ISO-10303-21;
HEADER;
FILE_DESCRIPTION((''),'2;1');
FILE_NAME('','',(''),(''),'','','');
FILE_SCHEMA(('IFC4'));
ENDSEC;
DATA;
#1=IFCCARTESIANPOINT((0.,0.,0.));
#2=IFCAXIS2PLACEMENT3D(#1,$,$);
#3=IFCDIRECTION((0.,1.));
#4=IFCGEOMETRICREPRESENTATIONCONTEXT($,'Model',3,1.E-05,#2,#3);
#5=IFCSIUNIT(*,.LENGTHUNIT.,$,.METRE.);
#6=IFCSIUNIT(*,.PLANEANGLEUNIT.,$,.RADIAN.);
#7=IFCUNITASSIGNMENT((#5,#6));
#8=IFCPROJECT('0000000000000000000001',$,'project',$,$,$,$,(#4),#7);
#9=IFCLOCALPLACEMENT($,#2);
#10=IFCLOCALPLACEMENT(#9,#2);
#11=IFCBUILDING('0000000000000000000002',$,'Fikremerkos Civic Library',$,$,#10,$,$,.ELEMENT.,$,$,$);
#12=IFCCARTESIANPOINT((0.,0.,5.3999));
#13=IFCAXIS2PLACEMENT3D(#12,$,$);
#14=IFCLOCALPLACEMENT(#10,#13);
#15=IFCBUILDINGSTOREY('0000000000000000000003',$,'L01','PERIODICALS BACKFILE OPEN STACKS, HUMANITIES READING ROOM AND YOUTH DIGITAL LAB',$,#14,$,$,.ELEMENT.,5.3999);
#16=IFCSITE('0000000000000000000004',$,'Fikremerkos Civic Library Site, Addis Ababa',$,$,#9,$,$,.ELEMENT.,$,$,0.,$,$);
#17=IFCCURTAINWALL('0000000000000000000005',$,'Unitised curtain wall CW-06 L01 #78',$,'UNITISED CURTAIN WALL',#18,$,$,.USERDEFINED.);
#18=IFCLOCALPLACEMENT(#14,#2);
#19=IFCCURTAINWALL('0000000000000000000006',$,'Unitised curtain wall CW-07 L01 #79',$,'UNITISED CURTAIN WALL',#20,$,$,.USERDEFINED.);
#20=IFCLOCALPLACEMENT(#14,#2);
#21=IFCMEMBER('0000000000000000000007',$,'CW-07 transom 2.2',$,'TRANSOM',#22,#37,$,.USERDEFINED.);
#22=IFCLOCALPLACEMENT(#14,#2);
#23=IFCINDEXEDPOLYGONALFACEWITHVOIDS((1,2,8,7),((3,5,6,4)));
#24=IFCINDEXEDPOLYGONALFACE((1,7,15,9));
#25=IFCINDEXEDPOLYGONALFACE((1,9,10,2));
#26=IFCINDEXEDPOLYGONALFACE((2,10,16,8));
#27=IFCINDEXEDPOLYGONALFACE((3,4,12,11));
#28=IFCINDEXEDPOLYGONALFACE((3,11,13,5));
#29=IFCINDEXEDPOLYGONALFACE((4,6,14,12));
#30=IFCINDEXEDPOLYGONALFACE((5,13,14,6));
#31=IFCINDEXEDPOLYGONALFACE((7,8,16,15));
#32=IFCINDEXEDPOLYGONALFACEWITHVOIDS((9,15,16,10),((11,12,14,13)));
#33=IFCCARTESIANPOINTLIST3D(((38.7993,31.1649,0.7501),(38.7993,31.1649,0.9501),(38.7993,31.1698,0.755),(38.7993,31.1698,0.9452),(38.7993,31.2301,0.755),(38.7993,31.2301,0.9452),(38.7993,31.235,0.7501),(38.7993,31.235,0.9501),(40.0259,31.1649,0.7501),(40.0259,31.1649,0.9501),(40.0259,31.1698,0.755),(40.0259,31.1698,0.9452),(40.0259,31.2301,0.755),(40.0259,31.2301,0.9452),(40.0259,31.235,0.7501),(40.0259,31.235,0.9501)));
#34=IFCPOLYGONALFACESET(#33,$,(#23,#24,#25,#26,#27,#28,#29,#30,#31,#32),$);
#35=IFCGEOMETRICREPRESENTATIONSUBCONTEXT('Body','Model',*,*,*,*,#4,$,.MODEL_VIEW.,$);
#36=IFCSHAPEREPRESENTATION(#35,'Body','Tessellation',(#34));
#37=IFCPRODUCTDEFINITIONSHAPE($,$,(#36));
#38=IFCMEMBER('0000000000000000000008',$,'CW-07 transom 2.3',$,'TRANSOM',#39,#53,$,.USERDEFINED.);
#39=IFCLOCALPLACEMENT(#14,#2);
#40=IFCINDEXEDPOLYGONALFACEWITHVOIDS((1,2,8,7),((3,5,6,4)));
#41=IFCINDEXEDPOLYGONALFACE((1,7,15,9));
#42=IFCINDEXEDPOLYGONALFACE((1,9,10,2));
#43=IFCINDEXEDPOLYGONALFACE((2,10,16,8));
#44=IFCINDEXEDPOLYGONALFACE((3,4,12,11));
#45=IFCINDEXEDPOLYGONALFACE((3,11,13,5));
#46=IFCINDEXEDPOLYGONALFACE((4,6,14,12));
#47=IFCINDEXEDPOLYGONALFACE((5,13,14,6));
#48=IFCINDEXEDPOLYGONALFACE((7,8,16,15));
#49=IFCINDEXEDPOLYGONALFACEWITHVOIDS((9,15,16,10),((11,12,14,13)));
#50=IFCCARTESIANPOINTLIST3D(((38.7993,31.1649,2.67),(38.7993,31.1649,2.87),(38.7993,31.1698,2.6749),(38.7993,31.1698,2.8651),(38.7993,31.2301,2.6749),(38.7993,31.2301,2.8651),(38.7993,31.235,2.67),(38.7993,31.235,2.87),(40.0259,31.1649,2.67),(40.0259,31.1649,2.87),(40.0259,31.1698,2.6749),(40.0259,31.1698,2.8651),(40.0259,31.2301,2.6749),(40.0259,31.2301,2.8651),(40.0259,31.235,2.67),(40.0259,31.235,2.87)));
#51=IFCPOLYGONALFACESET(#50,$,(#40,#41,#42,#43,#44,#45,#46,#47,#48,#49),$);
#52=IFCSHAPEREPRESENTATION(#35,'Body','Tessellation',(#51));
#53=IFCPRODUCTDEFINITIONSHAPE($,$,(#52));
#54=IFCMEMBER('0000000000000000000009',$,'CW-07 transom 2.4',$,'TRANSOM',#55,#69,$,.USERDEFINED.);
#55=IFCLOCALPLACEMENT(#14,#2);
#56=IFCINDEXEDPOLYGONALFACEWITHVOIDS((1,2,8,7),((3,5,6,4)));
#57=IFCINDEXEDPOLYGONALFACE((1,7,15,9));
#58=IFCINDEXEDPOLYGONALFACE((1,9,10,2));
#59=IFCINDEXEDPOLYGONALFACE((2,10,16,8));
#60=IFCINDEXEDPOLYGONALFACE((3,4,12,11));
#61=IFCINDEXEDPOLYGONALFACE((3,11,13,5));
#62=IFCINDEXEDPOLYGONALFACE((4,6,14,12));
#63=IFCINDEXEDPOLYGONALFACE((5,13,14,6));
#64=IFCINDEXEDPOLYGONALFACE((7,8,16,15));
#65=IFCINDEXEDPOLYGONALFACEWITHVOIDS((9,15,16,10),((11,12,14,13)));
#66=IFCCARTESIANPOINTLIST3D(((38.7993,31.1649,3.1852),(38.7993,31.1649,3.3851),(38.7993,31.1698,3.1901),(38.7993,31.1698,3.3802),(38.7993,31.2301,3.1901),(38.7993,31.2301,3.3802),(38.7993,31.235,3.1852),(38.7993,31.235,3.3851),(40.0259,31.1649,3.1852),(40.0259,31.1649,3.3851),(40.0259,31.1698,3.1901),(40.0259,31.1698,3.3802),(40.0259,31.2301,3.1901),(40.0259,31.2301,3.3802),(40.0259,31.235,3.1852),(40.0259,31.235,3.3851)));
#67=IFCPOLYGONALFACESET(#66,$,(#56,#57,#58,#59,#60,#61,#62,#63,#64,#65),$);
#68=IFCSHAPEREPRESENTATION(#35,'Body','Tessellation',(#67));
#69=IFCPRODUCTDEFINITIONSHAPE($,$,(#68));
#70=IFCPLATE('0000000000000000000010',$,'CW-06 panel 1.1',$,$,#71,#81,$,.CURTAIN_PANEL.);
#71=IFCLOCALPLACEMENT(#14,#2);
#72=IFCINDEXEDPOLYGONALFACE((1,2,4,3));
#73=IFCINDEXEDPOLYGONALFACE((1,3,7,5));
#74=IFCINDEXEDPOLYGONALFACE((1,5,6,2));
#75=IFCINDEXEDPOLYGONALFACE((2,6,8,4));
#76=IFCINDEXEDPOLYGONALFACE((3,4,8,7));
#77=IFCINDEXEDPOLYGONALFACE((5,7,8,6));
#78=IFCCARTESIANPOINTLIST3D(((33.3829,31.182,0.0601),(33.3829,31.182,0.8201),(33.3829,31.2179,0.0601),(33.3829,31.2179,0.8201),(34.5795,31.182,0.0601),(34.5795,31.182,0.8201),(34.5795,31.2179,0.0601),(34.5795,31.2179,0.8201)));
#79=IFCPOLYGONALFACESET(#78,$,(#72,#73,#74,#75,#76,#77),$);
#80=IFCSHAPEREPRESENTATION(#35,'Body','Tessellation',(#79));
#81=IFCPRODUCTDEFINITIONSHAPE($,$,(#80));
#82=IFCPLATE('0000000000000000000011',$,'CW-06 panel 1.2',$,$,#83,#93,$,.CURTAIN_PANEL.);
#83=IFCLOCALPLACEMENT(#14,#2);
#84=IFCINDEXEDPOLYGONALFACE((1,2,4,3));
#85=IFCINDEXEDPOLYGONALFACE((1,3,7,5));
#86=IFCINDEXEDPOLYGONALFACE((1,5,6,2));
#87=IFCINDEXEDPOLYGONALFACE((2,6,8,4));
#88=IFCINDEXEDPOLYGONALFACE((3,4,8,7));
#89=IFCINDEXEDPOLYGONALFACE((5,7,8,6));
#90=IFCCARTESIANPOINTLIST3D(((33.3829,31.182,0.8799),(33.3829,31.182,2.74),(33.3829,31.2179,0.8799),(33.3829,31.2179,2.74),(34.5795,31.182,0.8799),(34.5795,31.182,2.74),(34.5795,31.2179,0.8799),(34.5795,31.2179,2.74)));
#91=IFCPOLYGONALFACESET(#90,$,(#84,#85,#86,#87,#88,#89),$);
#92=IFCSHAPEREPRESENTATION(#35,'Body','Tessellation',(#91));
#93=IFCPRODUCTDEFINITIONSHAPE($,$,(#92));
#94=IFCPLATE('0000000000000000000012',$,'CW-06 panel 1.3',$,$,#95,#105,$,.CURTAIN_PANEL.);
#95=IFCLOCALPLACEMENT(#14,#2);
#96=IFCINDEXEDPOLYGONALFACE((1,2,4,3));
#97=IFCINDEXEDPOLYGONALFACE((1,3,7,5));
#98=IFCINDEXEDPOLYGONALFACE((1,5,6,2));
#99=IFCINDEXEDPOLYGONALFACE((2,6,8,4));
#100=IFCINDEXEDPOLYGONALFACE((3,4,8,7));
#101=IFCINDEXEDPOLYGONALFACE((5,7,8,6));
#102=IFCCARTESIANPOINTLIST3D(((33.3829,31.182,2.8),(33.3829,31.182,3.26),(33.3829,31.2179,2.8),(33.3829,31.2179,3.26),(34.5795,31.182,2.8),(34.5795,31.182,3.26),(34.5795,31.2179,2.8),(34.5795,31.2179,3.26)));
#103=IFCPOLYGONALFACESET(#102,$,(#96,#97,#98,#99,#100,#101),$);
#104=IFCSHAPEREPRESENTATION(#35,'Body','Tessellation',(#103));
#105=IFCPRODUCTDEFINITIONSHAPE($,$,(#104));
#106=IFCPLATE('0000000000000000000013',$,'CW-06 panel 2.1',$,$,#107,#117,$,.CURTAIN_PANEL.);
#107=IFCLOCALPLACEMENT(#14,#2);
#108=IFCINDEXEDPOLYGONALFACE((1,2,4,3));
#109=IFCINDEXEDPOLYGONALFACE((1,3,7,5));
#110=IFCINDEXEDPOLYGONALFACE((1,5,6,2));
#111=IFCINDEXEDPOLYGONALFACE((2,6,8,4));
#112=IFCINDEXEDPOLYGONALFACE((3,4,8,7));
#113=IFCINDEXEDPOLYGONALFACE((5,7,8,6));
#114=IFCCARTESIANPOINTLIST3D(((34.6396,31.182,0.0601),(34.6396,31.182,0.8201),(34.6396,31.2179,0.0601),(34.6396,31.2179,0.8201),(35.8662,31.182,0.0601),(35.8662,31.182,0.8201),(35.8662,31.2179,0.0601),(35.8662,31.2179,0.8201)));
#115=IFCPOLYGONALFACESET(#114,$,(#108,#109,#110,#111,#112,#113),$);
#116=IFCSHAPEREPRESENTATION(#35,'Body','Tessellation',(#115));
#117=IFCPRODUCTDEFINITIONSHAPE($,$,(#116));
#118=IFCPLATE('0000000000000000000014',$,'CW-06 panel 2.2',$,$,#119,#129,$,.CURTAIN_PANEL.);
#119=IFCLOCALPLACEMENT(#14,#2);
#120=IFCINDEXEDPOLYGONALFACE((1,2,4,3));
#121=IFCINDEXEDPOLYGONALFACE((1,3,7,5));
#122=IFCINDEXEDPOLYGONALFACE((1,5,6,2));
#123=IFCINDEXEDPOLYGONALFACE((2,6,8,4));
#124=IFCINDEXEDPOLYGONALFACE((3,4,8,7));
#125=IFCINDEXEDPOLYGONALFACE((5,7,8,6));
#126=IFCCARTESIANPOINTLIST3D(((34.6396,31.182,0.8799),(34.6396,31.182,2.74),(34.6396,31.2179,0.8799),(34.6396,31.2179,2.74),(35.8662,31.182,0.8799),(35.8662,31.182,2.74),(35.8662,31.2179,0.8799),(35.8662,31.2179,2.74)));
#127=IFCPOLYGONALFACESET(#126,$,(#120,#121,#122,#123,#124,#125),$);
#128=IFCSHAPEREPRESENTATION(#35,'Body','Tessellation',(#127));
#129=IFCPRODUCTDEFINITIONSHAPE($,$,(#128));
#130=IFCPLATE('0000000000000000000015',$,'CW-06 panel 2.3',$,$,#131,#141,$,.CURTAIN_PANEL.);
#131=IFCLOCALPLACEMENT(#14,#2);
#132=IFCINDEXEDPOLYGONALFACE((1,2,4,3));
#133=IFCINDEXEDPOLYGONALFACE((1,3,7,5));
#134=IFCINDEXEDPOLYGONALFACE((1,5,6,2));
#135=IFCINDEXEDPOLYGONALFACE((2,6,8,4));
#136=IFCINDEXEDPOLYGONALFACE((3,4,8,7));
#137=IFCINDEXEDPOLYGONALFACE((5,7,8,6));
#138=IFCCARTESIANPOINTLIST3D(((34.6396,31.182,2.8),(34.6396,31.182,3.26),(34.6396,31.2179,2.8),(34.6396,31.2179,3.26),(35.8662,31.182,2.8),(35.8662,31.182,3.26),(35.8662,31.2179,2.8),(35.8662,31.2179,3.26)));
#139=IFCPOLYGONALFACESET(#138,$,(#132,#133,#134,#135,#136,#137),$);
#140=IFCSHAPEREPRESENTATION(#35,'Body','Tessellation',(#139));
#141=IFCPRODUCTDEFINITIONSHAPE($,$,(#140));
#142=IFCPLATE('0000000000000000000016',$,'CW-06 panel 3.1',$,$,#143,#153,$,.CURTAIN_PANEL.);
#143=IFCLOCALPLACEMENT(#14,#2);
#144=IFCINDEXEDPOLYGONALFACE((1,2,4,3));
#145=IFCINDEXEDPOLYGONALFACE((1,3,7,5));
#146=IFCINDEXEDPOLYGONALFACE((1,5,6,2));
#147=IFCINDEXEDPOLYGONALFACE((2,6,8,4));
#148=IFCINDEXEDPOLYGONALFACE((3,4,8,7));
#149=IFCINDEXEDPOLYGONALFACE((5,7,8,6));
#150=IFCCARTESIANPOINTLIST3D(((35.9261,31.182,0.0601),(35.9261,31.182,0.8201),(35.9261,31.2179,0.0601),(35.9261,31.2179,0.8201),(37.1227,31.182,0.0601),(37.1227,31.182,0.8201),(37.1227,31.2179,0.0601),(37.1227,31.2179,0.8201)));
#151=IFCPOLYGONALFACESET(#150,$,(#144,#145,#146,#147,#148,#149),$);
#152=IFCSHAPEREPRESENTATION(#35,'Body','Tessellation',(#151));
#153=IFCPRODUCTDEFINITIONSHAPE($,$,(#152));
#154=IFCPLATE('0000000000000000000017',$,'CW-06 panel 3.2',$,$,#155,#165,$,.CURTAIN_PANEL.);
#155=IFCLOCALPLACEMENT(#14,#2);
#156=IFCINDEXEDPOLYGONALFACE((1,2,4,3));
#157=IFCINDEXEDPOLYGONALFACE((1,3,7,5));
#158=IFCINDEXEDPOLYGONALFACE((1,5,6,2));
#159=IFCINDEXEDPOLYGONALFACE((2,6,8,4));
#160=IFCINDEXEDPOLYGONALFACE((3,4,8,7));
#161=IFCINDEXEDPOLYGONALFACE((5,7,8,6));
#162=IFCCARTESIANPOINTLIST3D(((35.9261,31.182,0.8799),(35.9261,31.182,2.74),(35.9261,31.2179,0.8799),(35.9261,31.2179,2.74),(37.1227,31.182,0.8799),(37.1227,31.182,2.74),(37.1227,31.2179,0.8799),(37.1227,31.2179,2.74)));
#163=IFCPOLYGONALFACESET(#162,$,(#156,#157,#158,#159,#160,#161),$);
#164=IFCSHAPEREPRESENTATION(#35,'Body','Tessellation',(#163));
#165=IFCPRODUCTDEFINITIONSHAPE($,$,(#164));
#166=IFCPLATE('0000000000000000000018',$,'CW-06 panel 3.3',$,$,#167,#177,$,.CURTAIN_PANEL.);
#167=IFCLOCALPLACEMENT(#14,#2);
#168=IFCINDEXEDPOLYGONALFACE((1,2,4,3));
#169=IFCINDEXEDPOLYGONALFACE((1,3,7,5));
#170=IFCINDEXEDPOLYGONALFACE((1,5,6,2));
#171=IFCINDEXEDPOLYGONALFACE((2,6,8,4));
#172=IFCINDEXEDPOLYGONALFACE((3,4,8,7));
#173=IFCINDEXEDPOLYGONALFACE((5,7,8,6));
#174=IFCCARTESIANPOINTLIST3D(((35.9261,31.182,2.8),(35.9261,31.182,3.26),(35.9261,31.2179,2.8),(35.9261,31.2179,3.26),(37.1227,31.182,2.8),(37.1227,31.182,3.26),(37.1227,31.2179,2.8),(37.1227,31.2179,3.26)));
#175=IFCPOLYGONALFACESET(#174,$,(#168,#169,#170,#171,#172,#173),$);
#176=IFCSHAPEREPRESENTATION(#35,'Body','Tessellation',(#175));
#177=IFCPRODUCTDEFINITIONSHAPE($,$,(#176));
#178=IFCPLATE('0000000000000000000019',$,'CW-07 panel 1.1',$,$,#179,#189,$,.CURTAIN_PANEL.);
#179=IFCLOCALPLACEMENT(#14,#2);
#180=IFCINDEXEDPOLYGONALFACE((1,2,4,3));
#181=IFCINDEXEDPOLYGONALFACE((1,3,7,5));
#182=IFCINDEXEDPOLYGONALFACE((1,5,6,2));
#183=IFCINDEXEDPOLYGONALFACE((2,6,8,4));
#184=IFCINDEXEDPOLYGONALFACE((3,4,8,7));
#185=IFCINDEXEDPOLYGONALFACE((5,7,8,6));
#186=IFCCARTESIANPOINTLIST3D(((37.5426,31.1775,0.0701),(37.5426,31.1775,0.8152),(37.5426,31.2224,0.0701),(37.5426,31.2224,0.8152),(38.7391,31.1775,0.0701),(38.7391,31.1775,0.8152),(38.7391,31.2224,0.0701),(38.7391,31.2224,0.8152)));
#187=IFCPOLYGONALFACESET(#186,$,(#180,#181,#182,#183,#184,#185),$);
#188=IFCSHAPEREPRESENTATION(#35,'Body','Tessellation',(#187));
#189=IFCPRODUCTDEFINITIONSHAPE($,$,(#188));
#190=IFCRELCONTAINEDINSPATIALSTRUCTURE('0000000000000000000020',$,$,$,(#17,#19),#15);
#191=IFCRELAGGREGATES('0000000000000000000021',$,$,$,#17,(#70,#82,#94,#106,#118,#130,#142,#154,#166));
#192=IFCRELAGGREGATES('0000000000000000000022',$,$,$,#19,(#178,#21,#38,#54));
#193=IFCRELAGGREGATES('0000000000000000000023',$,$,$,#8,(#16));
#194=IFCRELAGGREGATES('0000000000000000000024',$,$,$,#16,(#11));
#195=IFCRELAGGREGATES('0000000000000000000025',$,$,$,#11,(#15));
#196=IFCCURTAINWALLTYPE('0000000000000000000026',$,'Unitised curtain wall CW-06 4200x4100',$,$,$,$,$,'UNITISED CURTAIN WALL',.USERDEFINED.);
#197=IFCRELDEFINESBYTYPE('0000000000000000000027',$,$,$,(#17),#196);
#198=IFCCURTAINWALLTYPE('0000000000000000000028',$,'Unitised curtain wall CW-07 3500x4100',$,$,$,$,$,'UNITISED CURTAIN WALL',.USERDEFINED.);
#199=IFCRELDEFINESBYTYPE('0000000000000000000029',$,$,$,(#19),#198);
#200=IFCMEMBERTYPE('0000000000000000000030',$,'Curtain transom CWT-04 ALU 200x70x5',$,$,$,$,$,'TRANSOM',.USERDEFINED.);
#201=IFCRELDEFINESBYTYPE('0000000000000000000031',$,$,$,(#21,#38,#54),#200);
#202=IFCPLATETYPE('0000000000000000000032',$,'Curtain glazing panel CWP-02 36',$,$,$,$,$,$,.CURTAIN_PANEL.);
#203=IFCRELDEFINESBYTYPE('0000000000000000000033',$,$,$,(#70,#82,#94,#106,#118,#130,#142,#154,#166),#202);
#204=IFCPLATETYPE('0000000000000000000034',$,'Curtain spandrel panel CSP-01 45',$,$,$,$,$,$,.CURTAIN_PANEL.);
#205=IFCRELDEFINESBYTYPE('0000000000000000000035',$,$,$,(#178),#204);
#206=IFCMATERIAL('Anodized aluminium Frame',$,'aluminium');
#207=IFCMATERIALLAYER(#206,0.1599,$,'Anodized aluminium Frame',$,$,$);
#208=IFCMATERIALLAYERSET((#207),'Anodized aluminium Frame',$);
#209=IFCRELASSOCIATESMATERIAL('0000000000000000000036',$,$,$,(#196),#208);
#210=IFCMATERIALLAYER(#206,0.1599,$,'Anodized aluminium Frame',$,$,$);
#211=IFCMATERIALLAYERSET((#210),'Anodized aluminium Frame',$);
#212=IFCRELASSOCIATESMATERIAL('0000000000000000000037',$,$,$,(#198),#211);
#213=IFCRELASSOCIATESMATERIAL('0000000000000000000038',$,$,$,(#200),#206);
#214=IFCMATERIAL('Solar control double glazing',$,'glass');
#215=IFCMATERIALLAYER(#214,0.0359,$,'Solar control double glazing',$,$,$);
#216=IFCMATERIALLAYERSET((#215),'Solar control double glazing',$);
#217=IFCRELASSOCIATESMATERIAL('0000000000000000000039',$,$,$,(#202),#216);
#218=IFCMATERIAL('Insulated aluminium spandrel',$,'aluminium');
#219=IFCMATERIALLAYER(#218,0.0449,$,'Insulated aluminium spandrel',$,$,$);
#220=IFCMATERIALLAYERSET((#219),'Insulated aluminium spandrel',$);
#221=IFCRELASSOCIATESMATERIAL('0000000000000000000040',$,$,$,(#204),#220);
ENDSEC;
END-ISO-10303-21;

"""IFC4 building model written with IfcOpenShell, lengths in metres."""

from ifc_helpers import new_model, si_unit, direction, frame, origin, origin_2d, place, context, subcontext, project, spatial, rectangle, hollow_rectangle, extrude, material, layer, layer_set, material_profile, profile_set, type_object, element, aggregate, save


model = new_model("IFC4")

# Units and contexts
model_context = context("Model", 3, precision=1e-05, world=origin(), true_north=direction((0.0, 1.0)))
body_context = subcontext(model_context, "Body", "Model", "MODEL_VIEW")
ifc_project = project(units=[si_unit("LENGTHUNIT", "METRE"), si_unit("PLANEANGLEUNIT", "RADIAN")], contexts=[model_context])

# Site, building, storey
site_placement = place(None, origin())
site = spatial("IfcSite", under=ifc_project, at=site_placement, Name="Fikremerkos Civic Library Site, Addis Ababa", CompositionType="ELEMENT", RefElevation=0.0)
building_placement = place(site_placement, origin())
building = spatial("IfcBuilding", under=site, at=building_placement, Name="Fikremerkos Civic Library", CompositionType="ELEMENT")
storey_placement = place(building_placement, frame((0.0, 0.0, 5.3999)))
storey = spatial("IfcBuildingStorey", under=building, at=storey_placement, Name="L01", Description="PERIODICALS BACKFILE OPEN STACKS, HUMANITIES READING ROOM AND YOUTH DIGITAL LAB", CompositionType="ELEMENT", Elevation=5.3999)

# Curtain walls
ifc_material_1 = material(Name="Anodized aluminium Frame", Category="aluminium")
ifc_layer_1 = layer(ifc_material_1, 0.1599, Name="Anodized aluminium Frame")
ifc_layer_set_1 = layer_set([ifc_layer_1], Name="Anodized aluminium Frame")
curtain_wall_type_1 = type_object("IfcCurtainWallType", Name="Unitised curtain wall CW-06 4200x4100", ElementType="UNITISED CURTAIN WALL", PredefinedType="USERDEFINED", material=ifc_layer_set_1)
curtain_wall_1_placement = place(storey_placement, origin())
curtain_wall_1 = element("IfcCurtainWall", 1, at=curtain_wall_1_placement, inside=storey, type_object=curtain_wall_type_1, Name="Unitised curtain wall CW-06 L01 #78", ObjectType="UNITISED CURTAIN WALL", PredefinedType="USERDEFINED")
ifc_layer_2 = layer(ifc_material_1, 0.1599, Name="Anodized aluminium Frame")
ifc_layer_set_2 = layer_set([ifc_layer_2], Name="Anodized aluminium Frame")
curtain_wall_type_2 = type_object("IfcCurtainWallType", Name="Unitised curtain wall CW-07 3500x4100", ElementType="UNITISED CURTAIN WALL", PredefinedType="USERDEFINED", material=ifc_layer_set_2)
curtain_wall_2_placement = place(storey_placement, origin())
curtain_wall_2 = element("IfcCurtainWall", 2, at=curtain_wall_2_placement, inside=storey, type_object=curtain_wall_type_2, Name="Unitised curtain wall CW-07 L01 #79", ObjectType="UNITISED CURTAIN WALL", PredefinedType="USERDEFINED")

# Members
ifc_material_profile_1 = material_profile(ifc_material_1, hollow_rectangle(XDim=0.0701, YDim=0.2, WallThickness=0.0049, at=origin_2d()), Name="ALU 200x70x5")
ifc_profile_set_1 = profile_set([ifc_material_profile_1], Name="Anodized aluminium Frame")
member_type_1 = type_object("IfcMemberType", Name="Curtain transom CWT-04 ALU 200x70x5", ElementType="TRANSOM", PredefinedType="USERDEFINED", material=ifc_profile_set_1)
member_1_placement = place(storey_placement, frame((38.7993, 31.2, 0.8501), z_axis=(1.0, 0.0, 0.0), x_axis=(0.0, 1.0, 0.0)))
member_1 = element("IfcMember", 3, at=member_1_placement, type_object=member_type_1, Name="CW-07 transom 2.2", ObjectType="TRANSOM", PredefinedType="USERDEFINED", context=body_context, shape_type="SweptSolid", body=[
    extrude(hollow_rectangle(XDim=0.0701, YDim=0.2, WallThickness=0.0049, at=origin_2d()), origin(), (0.0, 0.0, 1.0), 1.2266),
])
member_2_placement = place(storey_placement, frame((38.7993, 31.2, 2.77), z_axis=(1.0, 0.0, 0.0), x_axis=(0.0, 1.0, 0.0)))
member_2 = element("IfcMember", 4, at=member_2_placement, type_object=member_type_1, Name="CW-07 transom 2.3", ObjectType="TRANSOM", PredefinedType="USERDEFINED", context=body_context, shape_type="SweptSolid", body=[
    extrude(hollow_rectangle(XDim=0.0701, YDim=0.2, WallThickness=0.0049, at=origin_2d()), origin(), (0.0, 0.0, 1.0), 1.2266),
])
member_3_placement = place(storey_placement, frame((38.7993, 31.2, 3.2852), z_axis=(1.0, 0.0, 0.0), x_axis=(0.0, 1.0, 0.0)))
member_3 = element("IfcMember", 5, at=member_3_placement, type_object=member_type_1, Name="CW-07 transom 2.4", ObjectType="TRANSOM", PredefinedType="USERDEFINED", context=body_context, shape_type="SweptSolid", body=[
    extrude(hollow_rectangle(XDim=0.0701, YDim=0.2, WallThickness=0.0049, at=origin_2d()), origin(), (0.0, 0.0, 1.0), 1.2266),
])

# Plates
ifc_material_2 = material(Name="Solar control double glazing", Category="glass")
ifc_layer_3 = layer(ifc_material_2, 0.0359, Name="Solar control double glazing")
ifc_layer_set_3 = layer_set([ifc_layer_3], Name="Solar control double glazing")
plate_type_1 = type_object("IfcPlateType", Name="Curtain glazing panel CWP-02 36", PredefinedType="CURTAIN_PANEL", material=ifc_layer_set_3)
plate_1_placement = place(storey_placement, frame((33.9812, 31.2, 0.0601), z_axis=(0.0, 0.0, 1.0), x_axis=(1.0, 0.0, 0.0)))
plate_1 = element("IfcPlate", 6, at=plate_1_placement, type_object=plate_type_1, Name="CW-06 panel 1.1", PredefinedType="CURTAIN_PANEL", context=body_context, shape_type="SweptSolid", body=[
    extrude(rectangle(XDim=1.1965, YDim=0.0359, at=origin_2d()), origin(), (0.0, 0.0, 1.0), 0.76),
])
plate_2_placement = place(storey_placement, frame((33.9812, 31.2, 0.8799), z_axis=(0.0, 0.0, 1.0), x_axis=(1.0, 0.0, 0.0)))
plate_2 = element("IfcPlate", 7, at=plate_2_placement, type_object=plate_type_1, Name="CW-06 panel 1.2", PredefinedType="CURTAIN_PANEL", context=body_context, shape_type="SweptSolid", body=[
    extrude(rectangle(XDim=1.1965, YDim=0.0359, at=origin_2d()), origin(), (0.0, 0.0, 1.0), 1.8601),
])
plate_3_placement = place(storey_placement, frame((33.9812, 31.2, 2.8), z_axis=(0.0, 0.0, 1.0), x_axis=(1.0, 0.0, 0.0)))
plate_3 = element("IfcPlate", 8, at=plate_3_placement, type_object=plate_type_1, Name="CW-06 panel 1.3", PredefinedType="CURTAIN_PANEL", context=body_context, shape_type="SweptSolid", body=[
    extrude(rectangle(XDim=1.1965, YDim=0.0359, at=origin_2d()), origin(), (0.0, 0.0, 1.0), 0.46),
])
plate_4_placement = place(storey_placement, frame((35.2529, 31.2, 0.0601), z_axis=(0.0, 0.0, 1.0), x_axis=(1.0, 0.0, 0.0)))
plate_4 = element("IfcPlate", 9, at=plate_4_placement, type_object=plate_type_1, Name="CW-06 panel 2.1", PredefinedType="CURTAIN_PANEL", context=body_context, shape_type="SweptSolid", body=[
    extrude(rectangle(XDim=1.2266, YDim=0.0359, at=origin_2d()), origin(), (0.0, 0.0, 1.0), 0.76),
])
plate_5_placement = place(storey_placement, frame((35.2529, 31.2, 0.8799), z_axis=(0.0, 0.0, 1.0), x_axis=(1.0, 0.0, 0.0)))
plate_5 = element("IfcPlate", 10, at=plate_5_placement, type_object=plate_type_1, Name="CW-06 panel 2.2", PredefinedType="CURTAIN_PANEL", context=body_context, shape_type="SweptSolid", body=[
    extrude(rectangle(XDim=1.2266, YDim=0.0359, at=origin_2d()), origin(), (0.0, 0.0, 1.0), 1.8601),
])
plate_6_placement = place(storey_placement, frame((35.2529, 31.2, 2.8), z_axis=(0.0, 0.0, 1.0), x_axis=(1.0, 0.0, 0.0)))
plate_6 = element("IfcPlate", 11, at=plate_6_placement, type_object=plate_type_1, Name="CW-06 panel 2.3", PredefinedType="CURTAIN_PANEL", context=body_context, shape_type="SweptSolid", body=[
    extrude(rectangle(XDim=1.2266, YDim=0.0359, at=origin_2d()), origin(), (0.0, 0.0, 1.0), 0.46),
])
plate_7_placement = place(storey_placement, frame((36.5244, 31.2, 0.0601), z_axis=(0.0, 0.0, 1.0), x_axis=(1.0, 0.0, 0.0)))
plate_7 = element("IfcPlate", 12, at=plate_7_placement, type_object=plate_type_1, Name="CW-06 panel 3.1", PredefinedType="CURTAIN_PANEL", context=body_context, shape_type="SweptSolid", body=[
    extrude(rectangle(XDim=1.1965, YDim=0.0359, at=origin_2d()), origin(), (0.0, 0.0, 1.0), 0.76),
])
plate_8_placement = place(storey_placement, frame((36.5244, 31.2, 0.8799), z_axis=(0.0, 0.0, 1.0), x_axis=(1.0, 0.0, 0.0)))
plate_8 = element("IfcPlate", 13, at=plate_8_placement, type_object=plate_type_1, Name="CW-06 panel 3.2", PredefinedType="CURTAIN_PANEL", context=body_context, shape_type="SweptSolid", body=[
    extrude(rectangle(XDim=1.1965, YDim=0.0359, at=origin_2d()), origin(), (0.0, 0.0, 1.0), 1.8601),
])
plate_9_placement = place(storey_placement, frame((36.5244, 31.2, 2.8), z_axis=(0.0, 0.0, 1.0), x_axis=(1.0, 0.0, 0.0)))
plate_9 = element("IfcPlate", 14, at=plate_9_placement, type_object=plate_type_1, Name="CW-06 panel 3.3", PredefinedType="CURTAIN_PANEL", context=body_context, shape_type="SweptSolid", body=[
    extrude(rectangle(XDim=1.1965, YDim=0.0359, at=origin_2d()), origin(), (0.0, 0.0, 1.0), 0.46),
])
aggregate(curtain_wall_1, [plate_1, plate_2, plate_3, plate_4, plate_5, plate_6, plate_7, plate_8, plate_9])
ifc_material_3 = material(Name="Insulated aluminium spandrel", Category="aluminium")
ifc_layer_4 = layer(ifc_material_3, 0.0449, Name="Insulated aluminium spandrel")
ifc_layer_set_4 = layer_set([ifc_layer_4], Name="Insulated aluminium spandrel")
plate_type_2 = type_object("IfcPlateType", Name="Curtain spandrel panel CSP-01 45", PredefinedType="CURTAIN_PANEL", material=ifc_layer_set_4)
plate_10_placement = place(storey_placement, frame((38.1409, 31.2, 0.0701), z_axis=(0.0, 0.0, 1.0), x_axis=(1.0, 0.0, 0.0)))
plate_10 = element("IfcPlate", 15, at=plate_10_placement, type_object=plate_type_2, Name="CW-07 panel 1.1", PredefinedType="CURTAIN_PANEL", context=body_context, shape_type="SweptSolid", body=[
    extrude(rectangle(XDim=1.1965, YDim=0.0449, at=origin_2d()), origin(), (0.0, 0.0, 1.0), 0.7451),
])
aggregate(curtain_wall_2, [plate_10, member_1, member_2, member_3])

save(model, "model.ifc")
